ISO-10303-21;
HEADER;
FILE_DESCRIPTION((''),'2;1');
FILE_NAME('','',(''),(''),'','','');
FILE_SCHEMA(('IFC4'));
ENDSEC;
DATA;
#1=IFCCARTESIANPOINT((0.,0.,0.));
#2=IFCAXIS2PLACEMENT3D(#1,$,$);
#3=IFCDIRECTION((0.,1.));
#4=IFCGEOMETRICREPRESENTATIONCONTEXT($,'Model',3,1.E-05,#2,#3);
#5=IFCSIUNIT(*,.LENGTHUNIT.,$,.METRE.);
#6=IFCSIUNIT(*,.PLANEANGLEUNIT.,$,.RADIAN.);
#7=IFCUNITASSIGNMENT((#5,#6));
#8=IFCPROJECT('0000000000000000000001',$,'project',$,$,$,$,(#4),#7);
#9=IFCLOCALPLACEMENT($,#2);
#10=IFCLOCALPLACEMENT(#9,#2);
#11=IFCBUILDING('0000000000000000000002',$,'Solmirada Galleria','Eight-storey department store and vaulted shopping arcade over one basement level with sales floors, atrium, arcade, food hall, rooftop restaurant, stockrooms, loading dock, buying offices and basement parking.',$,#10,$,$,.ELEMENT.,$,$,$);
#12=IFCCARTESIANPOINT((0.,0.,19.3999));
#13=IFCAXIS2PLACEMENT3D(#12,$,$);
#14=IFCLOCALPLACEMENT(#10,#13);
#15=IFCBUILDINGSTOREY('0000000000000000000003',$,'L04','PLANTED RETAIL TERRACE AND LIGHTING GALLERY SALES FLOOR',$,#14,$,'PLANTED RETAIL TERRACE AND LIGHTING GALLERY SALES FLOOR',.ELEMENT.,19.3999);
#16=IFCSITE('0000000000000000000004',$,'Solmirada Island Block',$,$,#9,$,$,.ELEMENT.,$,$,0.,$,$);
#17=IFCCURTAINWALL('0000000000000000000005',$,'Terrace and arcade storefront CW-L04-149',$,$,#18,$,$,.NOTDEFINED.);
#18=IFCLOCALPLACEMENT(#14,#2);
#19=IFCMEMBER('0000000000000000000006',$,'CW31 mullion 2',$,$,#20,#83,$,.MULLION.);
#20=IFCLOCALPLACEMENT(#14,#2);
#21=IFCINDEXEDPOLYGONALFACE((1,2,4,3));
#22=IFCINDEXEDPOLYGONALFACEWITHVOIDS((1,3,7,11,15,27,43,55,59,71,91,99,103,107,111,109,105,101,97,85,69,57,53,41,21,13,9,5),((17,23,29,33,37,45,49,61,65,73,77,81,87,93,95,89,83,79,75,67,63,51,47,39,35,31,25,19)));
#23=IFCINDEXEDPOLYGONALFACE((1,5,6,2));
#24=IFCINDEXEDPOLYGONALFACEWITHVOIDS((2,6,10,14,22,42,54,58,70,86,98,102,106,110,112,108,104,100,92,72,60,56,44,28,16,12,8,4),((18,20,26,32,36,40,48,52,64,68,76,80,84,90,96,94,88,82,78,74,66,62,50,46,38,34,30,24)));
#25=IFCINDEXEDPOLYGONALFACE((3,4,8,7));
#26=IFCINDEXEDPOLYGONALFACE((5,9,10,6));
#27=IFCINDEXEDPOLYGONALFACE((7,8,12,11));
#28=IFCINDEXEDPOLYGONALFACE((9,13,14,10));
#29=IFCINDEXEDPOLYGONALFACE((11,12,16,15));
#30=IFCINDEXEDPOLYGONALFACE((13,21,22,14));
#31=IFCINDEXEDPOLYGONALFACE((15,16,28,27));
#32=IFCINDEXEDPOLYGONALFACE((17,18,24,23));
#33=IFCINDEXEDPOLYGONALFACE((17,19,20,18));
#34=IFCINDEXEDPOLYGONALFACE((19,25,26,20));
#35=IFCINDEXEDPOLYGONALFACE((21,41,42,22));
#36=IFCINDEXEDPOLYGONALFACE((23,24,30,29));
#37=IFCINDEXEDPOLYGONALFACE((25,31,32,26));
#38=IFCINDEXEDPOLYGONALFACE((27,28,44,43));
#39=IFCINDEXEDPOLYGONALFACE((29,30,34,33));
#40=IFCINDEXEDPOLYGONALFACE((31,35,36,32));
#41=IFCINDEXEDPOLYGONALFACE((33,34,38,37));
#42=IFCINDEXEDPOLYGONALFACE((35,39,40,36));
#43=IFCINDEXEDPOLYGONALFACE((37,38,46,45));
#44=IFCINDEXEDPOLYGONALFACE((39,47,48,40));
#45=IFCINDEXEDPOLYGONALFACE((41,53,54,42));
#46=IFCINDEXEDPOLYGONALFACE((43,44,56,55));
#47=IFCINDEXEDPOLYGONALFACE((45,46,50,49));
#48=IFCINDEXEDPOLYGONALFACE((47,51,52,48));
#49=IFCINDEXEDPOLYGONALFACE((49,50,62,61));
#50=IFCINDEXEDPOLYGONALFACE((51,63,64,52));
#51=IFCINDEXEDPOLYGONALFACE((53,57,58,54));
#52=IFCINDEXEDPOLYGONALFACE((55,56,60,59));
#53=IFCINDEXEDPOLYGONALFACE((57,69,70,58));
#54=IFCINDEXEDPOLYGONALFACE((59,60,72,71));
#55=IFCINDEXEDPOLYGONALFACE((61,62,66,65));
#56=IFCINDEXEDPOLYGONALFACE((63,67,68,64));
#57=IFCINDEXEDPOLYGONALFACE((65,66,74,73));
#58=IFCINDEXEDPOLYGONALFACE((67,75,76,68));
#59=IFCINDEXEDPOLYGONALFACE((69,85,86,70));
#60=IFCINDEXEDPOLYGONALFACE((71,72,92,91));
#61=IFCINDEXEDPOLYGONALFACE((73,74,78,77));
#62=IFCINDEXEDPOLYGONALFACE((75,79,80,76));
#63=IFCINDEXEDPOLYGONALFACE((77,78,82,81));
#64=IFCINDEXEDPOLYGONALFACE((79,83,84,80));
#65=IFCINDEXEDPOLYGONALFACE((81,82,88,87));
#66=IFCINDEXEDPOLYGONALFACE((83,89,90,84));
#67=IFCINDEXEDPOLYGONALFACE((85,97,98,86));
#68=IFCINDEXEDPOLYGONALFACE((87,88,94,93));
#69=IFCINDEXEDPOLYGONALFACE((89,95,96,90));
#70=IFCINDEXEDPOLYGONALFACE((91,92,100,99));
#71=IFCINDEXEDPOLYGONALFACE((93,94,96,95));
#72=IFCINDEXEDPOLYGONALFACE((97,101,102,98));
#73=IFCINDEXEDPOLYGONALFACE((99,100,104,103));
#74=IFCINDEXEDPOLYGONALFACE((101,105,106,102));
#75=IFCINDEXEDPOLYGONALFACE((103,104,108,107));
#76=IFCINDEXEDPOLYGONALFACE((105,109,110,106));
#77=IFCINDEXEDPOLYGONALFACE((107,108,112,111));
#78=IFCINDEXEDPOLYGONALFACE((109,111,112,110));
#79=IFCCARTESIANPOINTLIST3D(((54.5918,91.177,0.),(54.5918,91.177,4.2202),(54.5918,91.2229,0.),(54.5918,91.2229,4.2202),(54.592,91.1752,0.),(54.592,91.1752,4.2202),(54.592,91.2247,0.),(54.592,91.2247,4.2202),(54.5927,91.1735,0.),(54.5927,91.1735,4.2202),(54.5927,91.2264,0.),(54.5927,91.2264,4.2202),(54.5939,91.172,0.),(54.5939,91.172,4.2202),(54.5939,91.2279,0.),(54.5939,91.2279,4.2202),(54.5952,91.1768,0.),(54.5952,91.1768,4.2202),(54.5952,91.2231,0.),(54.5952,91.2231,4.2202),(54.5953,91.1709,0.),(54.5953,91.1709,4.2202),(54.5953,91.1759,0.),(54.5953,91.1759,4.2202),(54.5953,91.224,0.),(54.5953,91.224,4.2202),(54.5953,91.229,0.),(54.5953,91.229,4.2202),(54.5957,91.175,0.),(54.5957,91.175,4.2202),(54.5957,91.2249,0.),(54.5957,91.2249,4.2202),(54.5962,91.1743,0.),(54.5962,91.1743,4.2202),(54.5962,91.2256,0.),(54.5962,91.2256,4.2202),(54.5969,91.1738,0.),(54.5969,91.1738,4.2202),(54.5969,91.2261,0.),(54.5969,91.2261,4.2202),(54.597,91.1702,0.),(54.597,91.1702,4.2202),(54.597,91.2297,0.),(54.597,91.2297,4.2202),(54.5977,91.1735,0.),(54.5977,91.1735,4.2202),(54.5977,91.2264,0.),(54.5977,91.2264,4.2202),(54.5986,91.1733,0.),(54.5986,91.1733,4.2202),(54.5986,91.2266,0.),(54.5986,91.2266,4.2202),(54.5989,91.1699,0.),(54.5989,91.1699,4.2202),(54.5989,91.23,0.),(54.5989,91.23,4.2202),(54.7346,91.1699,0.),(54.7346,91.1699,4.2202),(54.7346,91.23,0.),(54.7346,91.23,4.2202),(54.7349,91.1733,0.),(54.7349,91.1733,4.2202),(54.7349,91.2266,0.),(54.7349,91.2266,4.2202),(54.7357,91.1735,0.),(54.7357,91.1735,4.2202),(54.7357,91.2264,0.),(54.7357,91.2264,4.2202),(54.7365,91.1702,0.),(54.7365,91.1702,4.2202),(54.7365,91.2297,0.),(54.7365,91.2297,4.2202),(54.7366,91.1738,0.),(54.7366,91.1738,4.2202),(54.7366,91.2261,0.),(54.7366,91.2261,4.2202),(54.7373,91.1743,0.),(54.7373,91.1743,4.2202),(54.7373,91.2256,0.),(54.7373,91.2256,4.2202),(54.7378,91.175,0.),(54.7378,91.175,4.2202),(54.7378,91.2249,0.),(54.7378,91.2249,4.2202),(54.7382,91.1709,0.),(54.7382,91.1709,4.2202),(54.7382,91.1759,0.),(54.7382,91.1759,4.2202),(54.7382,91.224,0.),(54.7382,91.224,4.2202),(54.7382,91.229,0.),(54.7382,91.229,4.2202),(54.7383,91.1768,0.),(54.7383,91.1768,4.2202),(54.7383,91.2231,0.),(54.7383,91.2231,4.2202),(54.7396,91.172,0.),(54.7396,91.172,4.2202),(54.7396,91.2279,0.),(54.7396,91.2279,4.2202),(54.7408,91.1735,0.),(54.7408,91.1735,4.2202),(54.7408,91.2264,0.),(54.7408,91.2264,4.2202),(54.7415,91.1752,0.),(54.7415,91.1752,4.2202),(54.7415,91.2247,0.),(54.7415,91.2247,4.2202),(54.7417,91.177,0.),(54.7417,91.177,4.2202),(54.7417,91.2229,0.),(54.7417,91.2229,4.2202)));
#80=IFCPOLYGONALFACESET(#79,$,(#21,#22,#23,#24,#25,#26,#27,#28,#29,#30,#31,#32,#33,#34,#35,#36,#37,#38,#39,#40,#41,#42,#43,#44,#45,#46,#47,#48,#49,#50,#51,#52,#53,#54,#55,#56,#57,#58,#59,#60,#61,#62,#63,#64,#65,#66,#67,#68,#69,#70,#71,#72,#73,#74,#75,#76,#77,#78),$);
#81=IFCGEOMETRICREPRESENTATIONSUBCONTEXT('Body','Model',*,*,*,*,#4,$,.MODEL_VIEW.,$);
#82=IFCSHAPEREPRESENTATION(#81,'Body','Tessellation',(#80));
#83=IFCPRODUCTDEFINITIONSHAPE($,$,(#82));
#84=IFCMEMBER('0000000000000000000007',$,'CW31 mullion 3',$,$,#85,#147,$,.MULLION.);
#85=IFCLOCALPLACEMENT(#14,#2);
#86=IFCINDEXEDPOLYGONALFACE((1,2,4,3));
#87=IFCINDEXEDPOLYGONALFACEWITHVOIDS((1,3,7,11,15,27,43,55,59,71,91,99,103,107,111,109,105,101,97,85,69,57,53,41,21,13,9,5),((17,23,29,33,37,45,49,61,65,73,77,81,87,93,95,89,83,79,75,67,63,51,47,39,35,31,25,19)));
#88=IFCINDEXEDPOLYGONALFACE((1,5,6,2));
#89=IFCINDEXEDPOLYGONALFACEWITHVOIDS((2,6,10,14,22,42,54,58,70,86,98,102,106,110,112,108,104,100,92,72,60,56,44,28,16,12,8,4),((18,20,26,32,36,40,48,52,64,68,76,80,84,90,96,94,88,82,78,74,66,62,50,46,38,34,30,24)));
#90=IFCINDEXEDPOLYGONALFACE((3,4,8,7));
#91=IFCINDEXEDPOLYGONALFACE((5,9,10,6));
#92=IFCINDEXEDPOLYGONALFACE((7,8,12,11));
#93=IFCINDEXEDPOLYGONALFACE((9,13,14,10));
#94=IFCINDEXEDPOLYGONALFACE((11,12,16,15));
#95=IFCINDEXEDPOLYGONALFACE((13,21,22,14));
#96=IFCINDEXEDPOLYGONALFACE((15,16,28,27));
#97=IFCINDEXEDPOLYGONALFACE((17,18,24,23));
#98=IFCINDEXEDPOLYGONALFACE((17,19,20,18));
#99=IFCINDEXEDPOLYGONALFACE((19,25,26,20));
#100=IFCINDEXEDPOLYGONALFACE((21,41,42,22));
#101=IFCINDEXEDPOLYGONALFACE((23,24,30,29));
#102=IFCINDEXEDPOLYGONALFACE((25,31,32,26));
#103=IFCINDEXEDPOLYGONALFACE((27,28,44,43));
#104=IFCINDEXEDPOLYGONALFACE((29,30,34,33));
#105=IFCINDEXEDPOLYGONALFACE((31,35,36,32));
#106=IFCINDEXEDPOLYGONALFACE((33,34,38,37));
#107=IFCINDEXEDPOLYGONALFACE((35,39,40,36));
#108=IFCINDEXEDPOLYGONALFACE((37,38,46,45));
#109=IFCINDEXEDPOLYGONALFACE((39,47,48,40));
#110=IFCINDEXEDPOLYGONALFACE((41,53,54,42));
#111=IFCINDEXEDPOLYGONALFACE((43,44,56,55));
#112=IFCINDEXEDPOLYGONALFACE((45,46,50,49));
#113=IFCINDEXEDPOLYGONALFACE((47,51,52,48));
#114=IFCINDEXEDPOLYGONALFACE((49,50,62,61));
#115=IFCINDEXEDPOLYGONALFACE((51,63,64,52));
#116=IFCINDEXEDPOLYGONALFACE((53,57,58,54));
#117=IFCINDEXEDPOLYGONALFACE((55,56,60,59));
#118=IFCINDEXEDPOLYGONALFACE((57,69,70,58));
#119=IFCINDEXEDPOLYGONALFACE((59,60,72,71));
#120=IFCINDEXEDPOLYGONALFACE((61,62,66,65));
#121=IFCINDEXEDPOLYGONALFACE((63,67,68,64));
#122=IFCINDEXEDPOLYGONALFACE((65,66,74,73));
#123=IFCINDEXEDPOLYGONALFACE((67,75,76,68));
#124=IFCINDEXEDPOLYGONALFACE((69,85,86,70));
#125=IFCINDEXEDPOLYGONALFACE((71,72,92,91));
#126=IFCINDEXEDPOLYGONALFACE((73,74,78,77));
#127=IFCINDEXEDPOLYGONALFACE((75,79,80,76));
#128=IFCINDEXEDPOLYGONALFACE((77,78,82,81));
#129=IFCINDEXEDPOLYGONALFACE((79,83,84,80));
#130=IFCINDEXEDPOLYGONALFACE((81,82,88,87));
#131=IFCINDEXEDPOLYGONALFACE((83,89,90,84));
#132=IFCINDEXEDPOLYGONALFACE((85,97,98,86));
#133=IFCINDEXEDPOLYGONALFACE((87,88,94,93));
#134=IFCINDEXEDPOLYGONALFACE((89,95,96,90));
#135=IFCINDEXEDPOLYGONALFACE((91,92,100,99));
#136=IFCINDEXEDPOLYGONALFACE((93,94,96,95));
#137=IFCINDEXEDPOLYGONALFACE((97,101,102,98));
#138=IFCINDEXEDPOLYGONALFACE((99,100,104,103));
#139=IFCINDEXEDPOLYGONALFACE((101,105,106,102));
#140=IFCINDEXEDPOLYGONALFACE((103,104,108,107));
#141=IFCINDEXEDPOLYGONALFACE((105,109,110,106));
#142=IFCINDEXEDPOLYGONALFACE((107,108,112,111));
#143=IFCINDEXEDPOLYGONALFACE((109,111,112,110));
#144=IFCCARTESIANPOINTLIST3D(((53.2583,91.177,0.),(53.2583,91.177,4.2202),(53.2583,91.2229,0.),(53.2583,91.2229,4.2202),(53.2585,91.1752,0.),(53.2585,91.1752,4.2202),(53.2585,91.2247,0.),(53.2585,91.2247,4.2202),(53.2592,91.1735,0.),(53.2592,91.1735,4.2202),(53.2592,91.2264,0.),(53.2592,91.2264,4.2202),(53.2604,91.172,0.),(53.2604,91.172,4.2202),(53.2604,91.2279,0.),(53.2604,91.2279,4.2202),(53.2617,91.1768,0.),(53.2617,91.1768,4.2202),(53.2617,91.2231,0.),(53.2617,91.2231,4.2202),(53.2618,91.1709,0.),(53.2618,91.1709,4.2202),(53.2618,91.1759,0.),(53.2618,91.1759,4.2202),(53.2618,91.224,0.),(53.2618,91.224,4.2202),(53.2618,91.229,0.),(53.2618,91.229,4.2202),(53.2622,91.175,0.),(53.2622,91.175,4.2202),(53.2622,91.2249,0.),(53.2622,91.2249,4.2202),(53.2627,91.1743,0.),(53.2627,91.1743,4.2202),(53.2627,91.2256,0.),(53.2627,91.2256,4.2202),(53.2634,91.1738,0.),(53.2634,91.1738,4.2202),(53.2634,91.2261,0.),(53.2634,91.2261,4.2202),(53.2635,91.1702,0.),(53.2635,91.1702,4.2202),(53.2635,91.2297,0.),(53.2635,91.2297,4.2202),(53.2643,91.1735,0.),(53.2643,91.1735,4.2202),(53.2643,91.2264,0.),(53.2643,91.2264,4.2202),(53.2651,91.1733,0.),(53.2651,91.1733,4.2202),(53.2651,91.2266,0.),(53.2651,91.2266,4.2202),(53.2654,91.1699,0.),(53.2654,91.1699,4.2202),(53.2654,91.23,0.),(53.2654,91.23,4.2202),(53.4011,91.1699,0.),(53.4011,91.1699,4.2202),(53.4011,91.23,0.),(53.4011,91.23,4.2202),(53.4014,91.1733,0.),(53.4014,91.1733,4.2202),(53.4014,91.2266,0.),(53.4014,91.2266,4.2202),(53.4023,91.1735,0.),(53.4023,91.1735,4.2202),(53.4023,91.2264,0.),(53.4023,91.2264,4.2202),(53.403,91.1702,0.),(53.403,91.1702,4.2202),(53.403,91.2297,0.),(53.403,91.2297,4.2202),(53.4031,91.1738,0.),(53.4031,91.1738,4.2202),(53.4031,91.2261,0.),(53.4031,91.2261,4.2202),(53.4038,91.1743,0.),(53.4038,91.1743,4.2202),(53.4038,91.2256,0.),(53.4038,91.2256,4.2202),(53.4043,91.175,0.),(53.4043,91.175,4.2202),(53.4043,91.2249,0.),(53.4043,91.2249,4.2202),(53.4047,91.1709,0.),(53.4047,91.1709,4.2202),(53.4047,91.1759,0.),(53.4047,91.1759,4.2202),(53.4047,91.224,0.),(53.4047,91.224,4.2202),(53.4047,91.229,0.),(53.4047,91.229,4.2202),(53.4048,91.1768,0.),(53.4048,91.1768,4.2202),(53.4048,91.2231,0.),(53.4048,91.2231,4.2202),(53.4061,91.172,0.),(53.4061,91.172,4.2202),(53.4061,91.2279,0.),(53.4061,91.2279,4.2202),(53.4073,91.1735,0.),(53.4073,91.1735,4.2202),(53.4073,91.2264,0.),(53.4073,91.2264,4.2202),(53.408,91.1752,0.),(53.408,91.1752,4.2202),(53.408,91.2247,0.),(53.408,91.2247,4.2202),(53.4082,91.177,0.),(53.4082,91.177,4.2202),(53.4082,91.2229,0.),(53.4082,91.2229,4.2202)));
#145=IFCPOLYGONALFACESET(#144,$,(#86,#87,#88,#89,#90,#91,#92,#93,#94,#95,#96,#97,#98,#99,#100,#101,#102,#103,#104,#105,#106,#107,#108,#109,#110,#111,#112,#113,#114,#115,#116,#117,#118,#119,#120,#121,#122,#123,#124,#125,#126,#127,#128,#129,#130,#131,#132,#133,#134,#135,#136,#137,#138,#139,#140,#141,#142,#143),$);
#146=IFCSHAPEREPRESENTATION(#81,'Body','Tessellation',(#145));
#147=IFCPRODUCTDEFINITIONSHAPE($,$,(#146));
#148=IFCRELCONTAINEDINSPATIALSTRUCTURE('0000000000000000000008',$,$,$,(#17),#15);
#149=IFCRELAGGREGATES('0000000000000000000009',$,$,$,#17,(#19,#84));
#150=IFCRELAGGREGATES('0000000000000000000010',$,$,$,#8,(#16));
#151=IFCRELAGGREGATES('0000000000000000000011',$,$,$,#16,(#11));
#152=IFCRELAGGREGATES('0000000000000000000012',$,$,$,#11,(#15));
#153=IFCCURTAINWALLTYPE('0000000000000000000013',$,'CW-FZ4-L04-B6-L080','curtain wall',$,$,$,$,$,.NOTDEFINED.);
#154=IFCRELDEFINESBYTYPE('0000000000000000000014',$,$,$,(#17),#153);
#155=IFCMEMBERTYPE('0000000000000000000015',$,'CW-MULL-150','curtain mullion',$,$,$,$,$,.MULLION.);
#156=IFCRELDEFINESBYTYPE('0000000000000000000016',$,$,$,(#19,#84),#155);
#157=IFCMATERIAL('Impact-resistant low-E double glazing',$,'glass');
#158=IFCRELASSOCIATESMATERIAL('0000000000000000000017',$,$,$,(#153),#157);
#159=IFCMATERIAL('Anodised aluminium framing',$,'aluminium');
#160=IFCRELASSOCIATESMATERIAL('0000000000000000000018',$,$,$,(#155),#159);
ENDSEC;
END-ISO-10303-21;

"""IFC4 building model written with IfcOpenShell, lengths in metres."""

from ifc_helpers import new_model, si_unit, direction, frame, origin, origin_2d, place, context, subcontext, project, spatial, hollow_rectangle, extrude, material, material_profile, profile_set, type_object, element, aggregate, save


model = new_model("IFC4")

# Units and contexts
model_context = context("Model", 3, precision=1e-05, world=origin(), true_north=direction((0.0, 1.0)))
body_context = subcontext(model_context, "Body", "Model", "MODEL_VIEW")
ifc_project = project(units=[si_unit("LENGTHUNIT", "METRE"), si_unit("PLANEANGLEUNIT", "RADIAN")], contexts=[model_context])

# Site, building, storey
site_placement = place(None, origin())
site = spatial("IfcSite", under=ifc_project, at=site_placement, Name="Solmirada Island Block", CompositionType="ELEMENT", RefElevation=0.0)
building_placement = place(site_placement, origin())
building = spatial("IfcBuilding", under=site, at=building_placement, Name="Solmirada Galleria", Description="Eight-storey department store and vaulted shopping arcade over one basement level with sales floors, atrium, arcade, food hall, rooftop restaurant, stockrooms, loading dock, buying offices and basement parking.", CompositionType="ELEMENT")
storey_placement = place(building_placement, frame((0.0, 0.0, 19.3999)))
storey = spatial("IfcBuildingStorey", under=building, at=storey_placement, Name="L04", Description="PLANTED RETAIL TERRACE AND LIGHTING GALLERY SALES FLOOR", LongName="PLANTED RETAIL TERRACE AND LIGHTING GALLERY SALES FLOOR", CompositionType="ELEMENT", Elevation=19.3999)

# Curtain wall, members
ifc_material_1 = material(Name="Impact-resistant low-E double glazing", Category="glass")
curtain_wall_type = type_object("IfcCurtainWallType", Name="CW-FZ4-L04-B6-L080", Description="curtain wall", PredefinedType="NOTDEFINED", material=ifc_material_1)
curtain_wall_placement = place(storey_placement, origin())
curtain_wall = element("IfcCurtainWall", 1, at=curtain_wall_placement, inside=storey, type_object=curtain_wall_type, Name="Terrace and arcade storefront CW-L04-149", PredefinedType="NOTDEFINED")
ifc_material_2 = material(Name="Anodised aluminium framing", Category="aluminium")
ifc_material_profile_1 = material_profile(ifc_material_2, hollow_rectangle(XDim=0.0601, YDim=0.1499, WallThickness=0.0034, InnerFilletRadius=0.0034, OuterFilletRadius=0.0071, at=origin_2d()), Name="ALU-MULL-150X60")
ifc_profile_set_1 = profile_set([ifc_material_profile_1], Name="Anodised aluminium framing")
member_type_1 = type_object("IfcMemberType", Name="CW-MULL-150", Description="curtain mullion", PredefinedType="MULLION", material=ifc_profile_set_1)
member_1_placement = place(storey_placement, frame((54.6667, 91.2, 0.0), z_axis=(0.0, 0.0, 1.0), x_axis=(0.0, -1.0, 0.0)))
member_1 = element("IfcMember", 2, at=member_1_placement, type_object=member_type_1, Name="CW31 mullion 2", PredefinedType="MULLION", context=body_context, shape_type="SweptSolid", body=[
    extrude(hollow_rectangle(XDim=0.0601, YDim=0.1499, WallThickness=0.0034, InnerFilletRadius=0.0034, OuterFilletRadius=0.0071, at=origin_2d()), origin(), (0.0, 0.0, 1.0), 4.2202),
])
member_2_placement = place(storey_placement, frame((53.3333, 91.2, 0.0), z_axis=(0.0, 0.0, 1.0), x_axis=(0.0, -1.0, 0.0)))
member_2 = element("IfcMember", 3, at=member_2_placement, type_object=member_type_1, Name="CW31 mullion 3", PredefinedType="MULLION", context=body_context, shape_type="SweptSolid", body=[
    extrude(hollow_rectangle(XDim=0.0601, YDim=0.1499, WallThickness=0.0034, InnerFilletRadius=0.0034, OuterFilletRadius=0.0071, at=origin_2d()), origin(), (0.0, 0.0, 1.0), 4.2202),
])
aggregate(curtain_wall, [member_1, member_2])

save(model, "model.ifc")
